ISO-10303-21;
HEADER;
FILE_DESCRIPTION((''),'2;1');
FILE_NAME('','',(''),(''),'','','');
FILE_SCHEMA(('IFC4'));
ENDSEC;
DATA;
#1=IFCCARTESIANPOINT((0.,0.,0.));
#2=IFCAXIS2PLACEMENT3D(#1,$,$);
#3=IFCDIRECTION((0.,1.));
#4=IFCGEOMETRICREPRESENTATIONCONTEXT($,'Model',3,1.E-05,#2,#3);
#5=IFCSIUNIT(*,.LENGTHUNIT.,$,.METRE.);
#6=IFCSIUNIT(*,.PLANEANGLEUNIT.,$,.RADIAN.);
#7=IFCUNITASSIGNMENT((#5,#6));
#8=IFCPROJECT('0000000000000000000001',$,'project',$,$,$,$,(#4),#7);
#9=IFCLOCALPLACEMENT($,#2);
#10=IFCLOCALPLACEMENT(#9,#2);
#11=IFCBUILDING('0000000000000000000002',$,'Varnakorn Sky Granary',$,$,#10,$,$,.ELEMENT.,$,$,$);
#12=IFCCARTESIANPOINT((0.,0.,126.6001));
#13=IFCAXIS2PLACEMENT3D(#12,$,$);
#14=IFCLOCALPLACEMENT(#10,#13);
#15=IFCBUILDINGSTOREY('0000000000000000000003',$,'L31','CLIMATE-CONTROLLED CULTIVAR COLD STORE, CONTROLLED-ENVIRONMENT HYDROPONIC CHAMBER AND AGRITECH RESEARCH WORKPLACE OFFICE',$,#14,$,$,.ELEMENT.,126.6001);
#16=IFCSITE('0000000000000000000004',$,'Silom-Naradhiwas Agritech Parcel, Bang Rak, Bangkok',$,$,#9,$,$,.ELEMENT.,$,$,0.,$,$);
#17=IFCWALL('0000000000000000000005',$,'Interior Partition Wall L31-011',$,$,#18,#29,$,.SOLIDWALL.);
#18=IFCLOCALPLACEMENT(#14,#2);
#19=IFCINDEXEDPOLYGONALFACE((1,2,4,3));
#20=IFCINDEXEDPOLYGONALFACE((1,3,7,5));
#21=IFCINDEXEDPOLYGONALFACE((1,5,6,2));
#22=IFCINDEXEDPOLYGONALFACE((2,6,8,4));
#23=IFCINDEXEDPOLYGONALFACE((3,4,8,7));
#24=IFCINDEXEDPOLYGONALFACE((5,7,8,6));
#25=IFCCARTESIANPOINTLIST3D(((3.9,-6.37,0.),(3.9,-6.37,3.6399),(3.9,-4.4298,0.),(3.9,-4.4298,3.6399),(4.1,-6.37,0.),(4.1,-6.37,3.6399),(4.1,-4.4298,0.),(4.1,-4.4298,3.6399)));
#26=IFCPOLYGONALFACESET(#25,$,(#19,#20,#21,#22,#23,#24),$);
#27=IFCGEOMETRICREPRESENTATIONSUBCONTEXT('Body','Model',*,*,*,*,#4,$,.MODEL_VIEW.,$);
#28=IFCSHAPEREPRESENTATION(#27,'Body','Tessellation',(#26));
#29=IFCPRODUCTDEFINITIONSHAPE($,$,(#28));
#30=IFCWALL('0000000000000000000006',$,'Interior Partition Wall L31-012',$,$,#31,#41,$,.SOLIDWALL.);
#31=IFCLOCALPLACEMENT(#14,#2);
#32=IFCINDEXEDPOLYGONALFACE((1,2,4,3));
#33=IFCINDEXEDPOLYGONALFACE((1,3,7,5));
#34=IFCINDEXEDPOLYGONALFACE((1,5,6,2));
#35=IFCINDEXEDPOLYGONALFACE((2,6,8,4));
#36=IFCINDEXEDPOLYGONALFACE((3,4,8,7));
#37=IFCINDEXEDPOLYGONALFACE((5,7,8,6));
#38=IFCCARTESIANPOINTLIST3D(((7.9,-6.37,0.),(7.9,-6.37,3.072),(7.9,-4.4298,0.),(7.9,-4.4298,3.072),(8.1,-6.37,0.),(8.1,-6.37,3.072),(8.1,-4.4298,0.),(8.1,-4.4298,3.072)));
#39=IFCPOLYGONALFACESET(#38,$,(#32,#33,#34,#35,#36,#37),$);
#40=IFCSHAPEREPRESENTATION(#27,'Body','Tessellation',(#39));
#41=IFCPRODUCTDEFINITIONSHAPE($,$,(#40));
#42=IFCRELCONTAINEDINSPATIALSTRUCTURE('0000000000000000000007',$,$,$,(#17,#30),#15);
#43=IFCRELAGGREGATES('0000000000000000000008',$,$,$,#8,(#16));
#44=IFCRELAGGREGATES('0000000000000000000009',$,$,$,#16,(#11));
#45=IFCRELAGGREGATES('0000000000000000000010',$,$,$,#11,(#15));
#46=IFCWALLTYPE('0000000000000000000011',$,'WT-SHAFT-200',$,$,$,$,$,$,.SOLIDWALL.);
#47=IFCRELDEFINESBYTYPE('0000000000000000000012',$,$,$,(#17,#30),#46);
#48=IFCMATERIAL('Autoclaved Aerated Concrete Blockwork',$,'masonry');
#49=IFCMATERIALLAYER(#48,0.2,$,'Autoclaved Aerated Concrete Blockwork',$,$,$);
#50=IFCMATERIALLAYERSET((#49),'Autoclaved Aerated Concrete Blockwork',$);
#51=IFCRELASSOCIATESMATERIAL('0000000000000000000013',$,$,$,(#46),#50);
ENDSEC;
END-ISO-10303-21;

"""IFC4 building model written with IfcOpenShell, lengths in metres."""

from ifc_helpers import new_model, si_unit, direction, frame, frame_2d, origin, place, context, subcontext, project, spatial, rectangle, extrude, material, layer, layer_set, type_object, element, save


model = new_model("IFC4")

# Units and contexts
model_context = context("Model", 3, precision=1e-05, world=origin(), true_north=direction((0.0, 1.0)))
body_context = subcontext(model_context, "Body", "Model", "MODEL_VIEW")
ifc_project = project(units=[si_unit("LENGTHUNIT", "METRE"), si_unit("PLANEANGLEUNIT", "RADIAN")], contexts=[model_context])

# Site, building, storey
site_placement = place(None, origin())
site = spatial("IfcSite", under=ifc_project, at=site_placement, Name="Silom-Naradhiwas Agritech Parcel, Bang Rak, Bangkok", CompositionType="ELEMENT", RefElevation=0.0)
building_placement = place(site_placement, origin())
building = spatial("IfcBuilding", under=site, at=building_placement, Name="Varnakorn Sky Granary", CompositionType="ELEMENT")
storey_placement = place(building_placement, frame((0.0, 0.0, 126.6001)))
storey = spatial("IfcBuildingStorey", under=building, at=storey_placement, Name="L31", Description="CLIMATE-CONTROLLED CULTIVAR COLD STORE, CONTROLLED-ENVIRONMENT HYDROPONIC CHAMBER AND AGRITECH RESEARCH WORKPLACE OFFICE", CompositionType="ELEMENT", Elevation=126.6001)

# Shared definitions
ifc_material_1 = material(Name="Autoclaved Aerated Concrete Blockwork", Category="masonry")

# Walls
ifc_layer_1 = layer(ifc_material_1, 0.2, Name="Autoclaved Aerated Concrete Blockwork")
ifc_layer_set_1 = layer_set([ifc_layer_1], Name="Autoclaved Aerated Concrete Blockwork")
wall_type_1 = type_object("IfcWallType", Name="WT-SHAFT-200", PredefinedType="SOLIDWALL", material=ifc_layer_set_1)
wall_1_placement = place(storey_placement, frame((4.0, -6.3701, 0.0), z_axis=(0.0, 0.0, 1.0), x_axis=(0.0, 1.0, 0.0)))
element("IfcWall", 1, at=wall_1_placement, inside=storey, type_object=wall_type_1, Name="Interior Partition Wall L31-011", PredefinedType="SOLIDWALL", context=body_context, shape_type="SweptSolid", body=[
    extrude(rectangle(XDim=1.9402, YDim=0.2, at=frame_2d((0.9702, 0.0))), origin(), (0.0, 0.0, 1.0), 3.6399),
])
wall_2_placement = place(storey_placement, frame((8.0, -6.3701, 0.0), z_axis=(0.0, 0.0, 1.0), x_axis=(0.0, 1.0, 0.0)))
element("IfcWall", 2, at=wall_2_placement, inside=storey, type_object=wall_type_1, Name="Interior Partition Wall L31-012", PredefinedType="SOLIDWALL", context=body_context, shape_type="SweptSolid", body=[
    extrude(rectangle(XDim=1.9402, YDim=0.2, at=frame_2d((0.9702, 0.0))), origin(), (0.0, 0.0, 1.0), 3.072),
])

save(model, "model.ifc")
